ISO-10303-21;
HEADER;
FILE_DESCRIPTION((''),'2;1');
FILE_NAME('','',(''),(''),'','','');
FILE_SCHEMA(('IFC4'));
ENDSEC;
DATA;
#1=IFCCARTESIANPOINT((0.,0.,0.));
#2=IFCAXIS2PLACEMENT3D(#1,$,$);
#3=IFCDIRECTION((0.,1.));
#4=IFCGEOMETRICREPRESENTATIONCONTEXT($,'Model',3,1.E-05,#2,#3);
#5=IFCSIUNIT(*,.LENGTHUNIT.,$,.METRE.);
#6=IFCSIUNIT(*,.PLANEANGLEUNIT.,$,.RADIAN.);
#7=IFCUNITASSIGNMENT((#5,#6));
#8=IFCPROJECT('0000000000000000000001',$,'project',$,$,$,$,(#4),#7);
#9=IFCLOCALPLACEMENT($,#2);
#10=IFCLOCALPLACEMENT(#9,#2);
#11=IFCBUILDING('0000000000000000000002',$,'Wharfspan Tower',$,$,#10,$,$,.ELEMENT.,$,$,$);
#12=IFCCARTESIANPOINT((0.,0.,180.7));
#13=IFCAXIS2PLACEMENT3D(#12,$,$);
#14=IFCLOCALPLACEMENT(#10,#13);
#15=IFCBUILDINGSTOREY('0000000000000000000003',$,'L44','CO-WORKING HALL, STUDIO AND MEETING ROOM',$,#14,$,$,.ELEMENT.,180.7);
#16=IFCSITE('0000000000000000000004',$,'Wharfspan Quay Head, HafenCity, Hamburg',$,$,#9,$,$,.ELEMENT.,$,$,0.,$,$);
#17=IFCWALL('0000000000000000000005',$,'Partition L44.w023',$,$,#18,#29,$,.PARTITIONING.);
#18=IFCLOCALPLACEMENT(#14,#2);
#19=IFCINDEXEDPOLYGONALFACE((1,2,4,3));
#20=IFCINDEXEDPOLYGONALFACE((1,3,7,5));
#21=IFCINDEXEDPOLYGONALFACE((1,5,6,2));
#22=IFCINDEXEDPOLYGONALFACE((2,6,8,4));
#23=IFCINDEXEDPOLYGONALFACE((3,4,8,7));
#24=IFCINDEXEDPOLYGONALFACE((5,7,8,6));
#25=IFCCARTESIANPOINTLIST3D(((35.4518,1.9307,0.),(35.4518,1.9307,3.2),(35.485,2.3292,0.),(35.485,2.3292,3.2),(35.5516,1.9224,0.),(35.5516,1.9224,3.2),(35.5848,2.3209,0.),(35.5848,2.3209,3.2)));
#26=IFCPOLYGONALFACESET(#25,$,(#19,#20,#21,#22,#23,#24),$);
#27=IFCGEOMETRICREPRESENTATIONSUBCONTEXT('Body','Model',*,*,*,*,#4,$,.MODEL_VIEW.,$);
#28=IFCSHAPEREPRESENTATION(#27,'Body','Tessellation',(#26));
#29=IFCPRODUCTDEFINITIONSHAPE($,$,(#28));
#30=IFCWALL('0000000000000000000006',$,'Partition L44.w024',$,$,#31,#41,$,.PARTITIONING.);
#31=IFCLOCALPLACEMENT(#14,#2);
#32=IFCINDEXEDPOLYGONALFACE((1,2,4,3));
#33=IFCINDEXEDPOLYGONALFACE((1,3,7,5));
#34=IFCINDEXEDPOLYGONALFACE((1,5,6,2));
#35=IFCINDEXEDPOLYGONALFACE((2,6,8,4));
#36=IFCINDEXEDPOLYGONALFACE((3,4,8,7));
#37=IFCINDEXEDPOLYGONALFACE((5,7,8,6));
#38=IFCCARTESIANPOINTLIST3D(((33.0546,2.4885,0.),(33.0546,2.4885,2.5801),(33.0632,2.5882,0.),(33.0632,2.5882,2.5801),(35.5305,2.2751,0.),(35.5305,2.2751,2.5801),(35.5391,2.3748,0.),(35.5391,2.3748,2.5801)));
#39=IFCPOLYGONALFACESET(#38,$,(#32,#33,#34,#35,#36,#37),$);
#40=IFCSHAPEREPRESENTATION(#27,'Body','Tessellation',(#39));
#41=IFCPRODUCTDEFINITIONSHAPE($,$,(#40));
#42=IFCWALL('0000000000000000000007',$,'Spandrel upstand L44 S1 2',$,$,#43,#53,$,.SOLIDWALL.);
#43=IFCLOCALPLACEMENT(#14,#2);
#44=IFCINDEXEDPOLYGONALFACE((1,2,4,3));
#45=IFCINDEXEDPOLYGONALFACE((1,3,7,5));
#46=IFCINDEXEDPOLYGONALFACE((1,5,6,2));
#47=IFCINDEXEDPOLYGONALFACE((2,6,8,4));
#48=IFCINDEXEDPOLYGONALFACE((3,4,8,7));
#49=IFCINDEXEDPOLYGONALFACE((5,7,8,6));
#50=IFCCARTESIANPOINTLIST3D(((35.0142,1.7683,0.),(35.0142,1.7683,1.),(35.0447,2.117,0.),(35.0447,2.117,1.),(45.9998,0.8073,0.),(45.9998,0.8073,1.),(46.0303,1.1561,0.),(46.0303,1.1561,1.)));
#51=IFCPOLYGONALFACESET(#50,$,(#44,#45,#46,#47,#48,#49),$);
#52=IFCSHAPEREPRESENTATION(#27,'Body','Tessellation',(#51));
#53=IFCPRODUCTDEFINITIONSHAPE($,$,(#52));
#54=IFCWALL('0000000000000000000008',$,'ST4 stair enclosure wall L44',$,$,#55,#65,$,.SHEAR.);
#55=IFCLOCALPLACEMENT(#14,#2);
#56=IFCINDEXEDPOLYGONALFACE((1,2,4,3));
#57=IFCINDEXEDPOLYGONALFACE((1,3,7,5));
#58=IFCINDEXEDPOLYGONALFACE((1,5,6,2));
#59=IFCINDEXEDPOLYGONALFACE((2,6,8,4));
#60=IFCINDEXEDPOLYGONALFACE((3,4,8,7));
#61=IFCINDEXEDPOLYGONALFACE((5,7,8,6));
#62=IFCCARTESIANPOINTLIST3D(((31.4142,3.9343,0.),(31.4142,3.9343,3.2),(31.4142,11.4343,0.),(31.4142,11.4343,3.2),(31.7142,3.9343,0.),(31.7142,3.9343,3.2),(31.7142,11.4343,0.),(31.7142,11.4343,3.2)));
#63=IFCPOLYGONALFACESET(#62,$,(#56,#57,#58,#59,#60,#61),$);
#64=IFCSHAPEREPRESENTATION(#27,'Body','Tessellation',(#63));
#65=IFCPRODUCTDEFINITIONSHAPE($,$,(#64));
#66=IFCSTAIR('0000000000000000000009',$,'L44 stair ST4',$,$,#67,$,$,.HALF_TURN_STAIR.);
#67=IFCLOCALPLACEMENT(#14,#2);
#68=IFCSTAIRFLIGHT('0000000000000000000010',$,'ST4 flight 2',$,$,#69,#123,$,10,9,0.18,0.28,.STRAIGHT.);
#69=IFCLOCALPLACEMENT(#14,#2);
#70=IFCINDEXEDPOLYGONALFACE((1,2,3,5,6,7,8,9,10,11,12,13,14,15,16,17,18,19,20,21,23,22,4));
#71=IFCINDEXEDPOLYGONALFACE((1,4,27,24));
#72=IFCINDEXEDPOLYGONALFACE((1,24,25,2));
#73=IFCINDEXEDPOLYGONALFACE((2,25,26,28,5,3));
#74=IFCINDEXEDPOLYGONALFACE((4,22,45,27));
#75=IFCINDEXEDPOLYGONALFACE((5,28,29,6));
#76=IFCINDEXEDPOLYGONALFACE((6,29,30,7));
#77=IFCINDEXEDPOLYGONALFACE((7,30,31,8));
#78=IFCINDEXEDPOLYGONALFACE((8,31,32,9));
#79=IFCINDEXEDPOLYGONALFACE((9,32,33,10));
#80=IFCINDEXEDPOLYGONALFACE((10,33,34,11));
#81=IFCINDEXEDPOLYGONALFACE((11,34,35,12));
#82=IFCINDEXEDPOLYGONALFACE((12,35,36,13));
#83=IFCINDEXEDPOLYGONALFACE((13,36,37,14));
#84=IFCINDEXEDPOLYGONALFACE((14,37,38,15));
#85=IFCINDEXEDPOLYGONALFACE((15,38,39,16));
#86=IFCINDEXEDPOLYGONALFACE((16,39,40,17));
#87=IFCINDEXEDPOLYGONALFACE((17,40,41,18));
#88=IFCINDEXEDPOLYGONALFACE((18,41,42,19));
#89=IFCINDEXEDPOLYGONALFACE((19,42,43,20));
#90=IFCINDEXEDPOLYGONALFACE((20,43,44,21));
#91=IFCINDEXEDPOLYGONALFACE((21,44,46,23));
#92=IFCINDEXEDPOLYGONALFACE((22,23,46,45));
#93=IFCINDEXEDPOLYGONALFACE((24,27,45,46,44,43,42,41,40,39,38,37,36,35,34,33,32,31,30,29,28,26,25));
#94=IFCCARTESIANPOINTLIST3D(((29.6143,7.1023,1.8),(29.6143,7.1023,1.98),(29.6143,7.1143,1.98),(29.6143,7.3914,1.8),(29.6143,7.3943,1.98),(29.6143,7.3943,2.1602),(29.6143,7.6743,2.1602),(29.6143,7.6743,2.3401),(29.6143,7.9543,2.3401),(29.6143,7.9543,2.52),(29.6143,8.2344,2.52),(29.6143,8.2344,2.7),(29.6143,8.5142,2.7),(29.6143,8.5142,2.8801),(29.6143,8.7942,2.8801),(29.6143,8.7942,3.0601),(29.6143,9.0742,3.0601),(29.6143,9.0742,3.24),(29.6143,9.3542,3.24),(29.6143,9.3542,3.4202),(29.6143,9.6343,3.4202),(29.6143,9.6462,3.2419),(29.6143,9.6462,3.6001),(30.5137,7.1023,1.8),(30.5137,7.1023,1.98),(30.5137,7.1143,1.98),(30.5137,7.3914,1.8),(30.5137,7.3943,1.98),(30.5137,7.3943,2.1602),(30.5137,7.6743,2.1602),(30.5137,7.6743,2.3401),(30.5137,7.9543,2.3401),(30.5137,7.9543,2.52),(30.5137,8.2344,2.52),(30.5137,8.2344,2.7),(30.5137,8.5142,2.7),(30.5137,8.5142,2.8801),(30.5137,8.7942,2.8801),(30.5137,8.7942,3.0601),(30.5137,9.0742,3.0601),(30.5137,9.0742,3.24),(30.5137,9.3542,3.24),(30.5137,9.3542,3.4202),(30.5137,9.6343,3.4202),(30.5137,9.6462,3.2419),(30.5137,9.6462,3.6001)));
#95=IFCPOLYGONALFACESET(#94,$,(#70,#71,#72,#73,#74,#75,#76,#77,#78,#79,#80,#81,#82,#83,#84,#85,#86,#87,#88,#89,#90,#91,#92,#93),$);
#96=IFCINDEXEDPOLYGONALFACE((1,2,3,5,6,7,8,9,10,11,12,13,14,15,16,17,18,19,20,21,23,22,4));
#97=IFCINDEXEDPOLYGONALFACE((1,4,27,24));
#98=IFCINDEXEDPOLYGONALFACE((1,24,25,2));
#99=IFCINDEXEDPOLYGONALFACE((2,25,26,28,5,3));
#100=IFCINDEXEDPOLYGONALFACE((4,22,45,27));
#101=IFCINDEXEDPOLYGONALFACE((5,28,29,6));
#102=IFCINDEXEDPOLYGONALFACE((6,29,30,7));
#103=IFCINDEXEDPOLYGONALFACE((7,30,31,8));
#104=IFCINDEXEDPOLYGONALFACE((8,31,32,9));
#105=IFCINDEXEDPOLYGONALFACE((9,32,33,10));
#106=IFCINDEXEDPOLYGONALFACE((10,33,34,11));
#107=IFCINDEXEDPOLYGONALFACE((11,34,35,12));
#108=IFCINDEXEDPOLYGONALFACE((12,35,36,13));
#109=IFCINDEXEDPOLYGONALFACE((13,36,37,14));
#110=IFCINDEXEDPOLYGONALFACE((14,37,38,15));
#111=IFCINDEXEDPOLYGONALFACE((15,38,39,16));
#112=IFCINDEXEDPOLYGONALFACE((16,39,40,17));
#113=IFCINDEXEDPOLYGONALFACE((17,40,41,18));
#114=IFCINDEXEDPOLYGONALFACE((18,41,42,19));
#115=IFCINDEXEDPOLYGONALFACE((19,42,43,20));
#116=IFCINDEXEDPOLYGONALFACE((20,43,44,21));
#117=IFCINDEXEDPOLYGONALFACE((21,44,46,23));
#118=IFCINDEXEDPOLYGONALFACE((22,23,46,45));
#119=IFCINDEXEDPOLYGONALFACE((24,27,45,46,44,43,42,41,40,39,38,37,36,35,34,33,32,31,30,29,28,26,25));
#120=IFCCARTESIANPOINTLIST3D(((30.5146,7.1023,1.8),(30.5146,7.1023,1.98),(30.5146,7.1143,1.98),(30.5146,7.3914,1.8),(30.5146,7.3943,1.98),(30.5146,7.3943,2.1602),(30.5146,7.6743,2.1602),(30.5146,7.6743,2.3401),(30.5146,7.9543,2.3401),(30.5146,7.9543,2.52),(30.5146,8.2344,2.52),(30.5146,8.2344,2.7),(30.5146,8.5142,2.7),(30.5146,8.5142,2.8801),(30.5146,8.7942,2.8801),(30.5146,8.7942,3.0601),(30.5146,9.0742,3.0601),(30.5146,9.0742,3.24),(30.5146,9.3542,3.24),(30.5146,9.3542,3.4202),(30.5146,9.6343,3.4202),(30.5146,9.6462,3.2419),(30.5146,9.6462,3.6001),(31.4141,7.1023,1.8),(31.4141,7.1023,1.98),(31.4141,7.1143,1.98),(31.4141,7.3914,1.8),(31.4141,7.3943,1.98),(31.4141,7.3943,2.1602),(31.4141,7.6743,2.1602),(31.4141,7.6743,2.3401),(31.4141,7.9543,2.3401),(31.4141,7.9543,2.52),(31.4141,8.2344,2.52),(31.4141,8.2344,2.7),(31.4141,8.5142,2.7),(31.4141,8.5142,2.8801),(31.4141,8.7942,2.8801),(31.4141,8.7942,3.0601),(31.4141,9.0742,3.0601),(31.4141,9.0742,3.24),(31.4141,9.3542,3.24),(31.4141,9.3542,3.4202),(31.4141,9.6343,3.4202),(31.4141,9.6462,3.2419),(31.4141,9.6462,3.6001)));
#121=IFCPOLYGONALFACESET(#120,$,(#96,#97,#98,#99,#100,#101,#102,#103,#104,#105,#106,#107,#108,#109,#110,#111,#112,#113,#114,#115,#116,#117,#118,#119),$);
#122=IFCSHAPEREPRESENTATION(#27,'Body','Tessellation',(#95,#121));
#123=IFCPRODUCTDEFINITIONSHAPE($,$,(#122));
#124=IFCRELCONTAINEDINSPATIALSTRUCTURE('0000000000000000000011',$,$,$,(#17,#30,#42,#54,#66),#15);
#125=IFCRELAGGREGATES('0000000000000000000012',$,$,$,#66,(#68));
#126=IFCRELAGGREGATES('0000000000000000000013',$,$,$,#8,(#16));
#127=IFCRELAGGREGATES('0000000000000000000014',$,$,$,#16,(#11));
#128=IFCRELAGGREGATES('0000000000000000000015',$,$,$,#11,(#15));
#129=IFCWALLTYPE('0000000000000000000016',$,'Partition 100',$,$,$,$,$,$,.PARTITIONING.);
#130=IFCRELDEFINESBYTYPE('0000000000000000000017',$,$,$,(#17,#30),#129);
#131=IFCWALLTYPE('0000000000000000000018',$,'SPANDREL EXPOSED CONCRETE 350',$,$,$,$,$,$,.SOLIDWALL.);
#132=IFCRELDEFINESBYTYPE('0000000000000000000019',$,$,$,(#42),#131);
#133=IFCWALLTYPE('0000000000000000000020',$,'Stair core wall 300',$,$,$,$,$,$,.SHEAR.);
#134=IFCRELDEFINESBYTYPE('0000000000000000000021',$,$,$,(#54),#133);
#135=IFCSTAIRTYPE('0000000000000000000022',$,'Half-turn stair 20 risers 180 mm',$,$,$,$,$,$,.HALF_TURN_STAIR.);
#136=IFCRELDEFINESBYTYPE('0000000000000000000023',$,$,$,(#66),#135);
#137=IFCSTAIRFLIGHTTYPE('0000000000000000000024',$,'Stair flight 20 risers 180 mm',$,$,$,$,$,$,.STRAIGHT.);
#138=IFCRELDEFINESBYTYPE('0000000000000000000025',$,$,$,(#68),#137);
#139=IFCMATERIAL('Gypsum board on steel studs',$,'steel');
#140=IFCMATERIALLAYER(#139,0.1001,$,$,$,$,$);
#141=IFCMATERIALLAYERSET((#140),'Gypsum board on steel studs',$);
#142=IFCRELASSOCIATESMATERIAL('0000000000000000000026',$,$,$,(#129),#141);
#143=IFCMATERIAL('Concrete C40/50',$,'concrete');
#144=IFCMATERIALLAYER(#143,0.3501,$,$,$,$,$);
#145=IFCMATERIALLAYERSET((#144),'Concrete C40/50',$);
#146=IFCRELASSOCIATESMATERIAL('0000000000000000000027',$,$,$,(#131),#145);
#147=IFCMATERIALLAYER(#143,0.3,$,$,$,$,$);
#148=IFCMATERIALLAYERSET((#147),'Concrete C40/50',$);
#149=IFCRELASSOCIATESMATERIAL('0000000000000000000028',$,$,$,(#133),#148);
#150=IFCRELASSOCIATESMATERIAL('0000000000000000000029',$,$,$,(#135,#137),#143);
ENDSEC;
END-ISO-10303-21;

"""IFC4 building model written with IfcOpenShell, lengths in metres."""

from ifc_helpers import new_model, si_unit, direction, frame, frame_2d, origin, place, context, subcontext, project, spatial, polyline, rectangle, outline, extrude, material, layer, layer_set, type_object, element, aggregate, save


model = new_model("IFC4")

# Units and contexts
model_context = context("Model", 3, precision=1e-05, world=origin(), true_north=direction((0.0, 1.0)))
body_context = subcontext(model_context, "Body", "Model", "MODEL_VIEW")
ifc_project = project(units=[si_unit("LENGTHUNIT", "METRE"), si_unit("PLANEANGLEUNIT", "RADIAN")], contexts=[model_context])

# Site, building, storey
site_placement = place(None, origin())
site = spatial("IfcSite", under=ifc_project, at=site_placement, Name="Wharfspan Quay Head, HafenCity, Hamburg", CompositionType="ELEMENT", RefElevation=0.0)
building_placement = place(site_placement, origin())
building = spatial("IfcBuilding", under=site, at=building_placement, Name="Wharfspan Tower", CompositionType="ELEMENT")
storey_placement = place(building_placement, frame((0.0, 0.0, 180.7)))
storey = spatial("IfcBuildingStorey", under=building, at=storey_placement, Name="L44", Description="CO-WORKING HALL, STUDIO AND MEETING ROOM", CompositionType="ELEMENT", Elevation=180.7)

# Walls
ifc_material_1 = material(Name="Gypsum board on steel studs", Category="steel")
ifc_layer_1 = layer(ifc_material_1, 0.1001)
ifc_layer_set_1 = layer_set([ifc_layer_1], Name="Gypsum board on steel studs")
wall_type_1 = type_object("IfcWallType", Name="Partition 100", PredefinedType="PARTITIONING", material=ifc_layer_set_1)
wall_1_placement = place(storey_placement, frame((35.5017, 1.9265, 0.0), z_axis=(0.0, 0.0, 1.0), x_axis=(0.083045, 0.996542, 0.0)))
element("IfcWall", 1, at=wall_1_placement, inside=storey, type_object=wall_type_1, Name="Partition L44.w023", PredefinedType="PARTITIONING", context=body_context, shape_type="SweptSolid", body=[
    extrude(rectangle(XDim=0.3999, YDim=0.1001, at=frame_2d((0.2, 0.0))), origin(), (0.0, 0.0, 1.0), 3.2),
])
wall_2_placement = place(storey_placement, frame((35.5349, 2.325, 0.0), z_axis=(0.0, 0.0, 1.0), x_axis=(-0.996311, 0.085867, 0.0)))
element("IfcWall", 2, at=wall_2_placement, inside=storey, type_object=wall_type_1, Name="Partition L44.w024", PredefinedType="PARTITIONING", context=body_context, shape_type="SweptSolid", body=[
    extrude(rectangle(XDim=2.4851, YDim=0.1001, at=frame_2d((1.2427, 0.0))), origin(), (0.0, 0.0, 1.0), 2.5801),
])
ifc_material_2 = material(Name="Concrete C40/50", Category="concrete")
ifc_layer_2 = layer(ifc_material_2, 0.3501)
ifc_layer_set_2 = layer_set([ifc_layer_2], Name="Concrete C40/50")
wall_type_2 = type_object("IfcWallType", Name="SPANDREL EXPOSED CONCRETE 350", PredefinedType="SOLIDWALL", material=ifc_layer_set_2)
wall_3_placement = place(storey_placement, frame((35.0295, 1.9426, 0.0), z_axis=(0.0, 0.0, 1.0), x_axis=(0.996199, -0.08714, 0.0)))
element("IfcWall", 3, at=wall_3_placement, inside=storey, type_object=wall_type_2, Name="Spandrel upstand L44 S1 2", PredefinedType="SOLIDWALL", context=body_context, shape_type="SweptSolid", body=[
    extrude(rectangle(XDim=11.0276, YDim=0.3501, at=frame_2d((5.5137, 0.0))), origin(), (0.0, 0.0, 1.0), 1.0),
])
ifc_layer_3 = layer(ifc_material_2, 0.3)
ifc_layer_set_3 = layer_set([ifc_layer_3], Name="Concrete C40/50")
wall_type_3 = type_object("IfcWallType", Name="Stair core wall 300", PredefinedType="SHEAR", material=ifc_layer_set_3)
wall_4_placement = place(storey_placement, frame((31.5642, 3.9343, 0.0), z_axis=(0.0, 0.0, 1.0), x_axis=(0.0, 1.0, 0.0)))
element("IfcWall", 4, at=wall_4_placement, inside=storey, type_object=wall_type_3, Name="ST4 stair enclosure wall L44", PredefinedType="SHEAR", context=body_context, shape_type="SweptSolid", body=[
    extrude(rectangle(XDim=7.5, YDim=0.3, at=frame_2d((3.75, 0.0))), origin(), (0.0, 0.0, 1.0), 3.2),
])

# Stair, stair flight
stair_type = type_object("IfcStairType", Name="Half-turn stair 20 risers 180 mm", PredefinedType="HALF_TURN_STAIR", material=ifc_material_2)
stair_placement = place(storey_placement, origin())
stair = element("IfcStair", 5, at=stair_placement, inside=storey, type_object=stair_type, Name="L44 stair ST4", PredefinedType="HALF_TURN_STAIR")
stair_flight_type = type_object("IfcStairFlightType", Name="Stair flight 20 risers 180 mm", PredefinedType="STRAIGHT", material=ifc_material_2)
stair_flight_placement = place(storey_placement, frame((30.5142, 7.1143, 1.8), z_axis=(0.0, 0.0, 1.0), x_axis=(0.0, 1.0, 0.0)))
stair_flight = element("IfcStairFlight", 6, at=stair_flight_placement, type_object=stair_flight_type, Name="ST4 flight 2", NumberOfRisers=10, NumberOfTreads=9, PredefinedType="STRAIGHT", RiserHeight=0.18, TreadLength=0.28, context=body_context, shape_type="SweptSolid", body=[
    extrude(outline(polyline([(-0.012, 0.0), (-0.012, 0.1799), (0.0, 0.1799), (0.28, 0.1799), (0.28, 0.3601), (0.5601, 0.3601), (0.5601, 0.54), (0.8401, 0.54), (0.8401, 0.72), (1.1201, 0.72), (1.1201, 0.8999), (1.3999, 0.8999), (1.3999, 1.0801), (1.6799, 1.0801), (1.6799, 1.26), (1.96, 1.26), (1.96, 1.4399), (2.24, 1.4399), (2.24, 1.6201), (2.52, 1.6201), (2.532, 1.8), (2.532, 1.4419), (0.2771, 0.0), (-0.012, 0.0)])), frame((0.0, 0.8999, 0.0), z_axis=(0.0, -1.0, 0.0), x_axis=(1.0, 0.0, 0.0)), (0.0, 0.0, 1.0), 0.8994),
    extrude(outline(polyline([(-0.012, 0.0), (-0.012, 0.1799), (0.0, 0.1799), (0.28, 0.1799), (0.28, 0.3601), (0.5601, 0.3601), (0.5601, 0.54), (0.8401, 0.54), (0.8401, 0.72), (1.1201, 0.72), (1.1201, 0.8999), (1.3999, 0.8999), (1.3999, 1.0801), (1.6799, 1.0801), (1.6799, 1.26), (1.96, 1.26), (1.96, 1.4399), (2.24, 1.4399), (2.24, 1.6201), (2.52, 1.6201), (2.532, 1.8), (2.532, 1.4419), (0.2771, 0.0), (-0.012, 0.0)])), frame((0.0, -0.0005, 0.0), z_axis=(0.0, -1.0, 0.0), x_axis=(1.0, 0.0, 0.0)), (0.0, 0.0, 1.0), 0.8994),
])
aggregate(stair, [stair_flight])

save(model, "model.ifc")
